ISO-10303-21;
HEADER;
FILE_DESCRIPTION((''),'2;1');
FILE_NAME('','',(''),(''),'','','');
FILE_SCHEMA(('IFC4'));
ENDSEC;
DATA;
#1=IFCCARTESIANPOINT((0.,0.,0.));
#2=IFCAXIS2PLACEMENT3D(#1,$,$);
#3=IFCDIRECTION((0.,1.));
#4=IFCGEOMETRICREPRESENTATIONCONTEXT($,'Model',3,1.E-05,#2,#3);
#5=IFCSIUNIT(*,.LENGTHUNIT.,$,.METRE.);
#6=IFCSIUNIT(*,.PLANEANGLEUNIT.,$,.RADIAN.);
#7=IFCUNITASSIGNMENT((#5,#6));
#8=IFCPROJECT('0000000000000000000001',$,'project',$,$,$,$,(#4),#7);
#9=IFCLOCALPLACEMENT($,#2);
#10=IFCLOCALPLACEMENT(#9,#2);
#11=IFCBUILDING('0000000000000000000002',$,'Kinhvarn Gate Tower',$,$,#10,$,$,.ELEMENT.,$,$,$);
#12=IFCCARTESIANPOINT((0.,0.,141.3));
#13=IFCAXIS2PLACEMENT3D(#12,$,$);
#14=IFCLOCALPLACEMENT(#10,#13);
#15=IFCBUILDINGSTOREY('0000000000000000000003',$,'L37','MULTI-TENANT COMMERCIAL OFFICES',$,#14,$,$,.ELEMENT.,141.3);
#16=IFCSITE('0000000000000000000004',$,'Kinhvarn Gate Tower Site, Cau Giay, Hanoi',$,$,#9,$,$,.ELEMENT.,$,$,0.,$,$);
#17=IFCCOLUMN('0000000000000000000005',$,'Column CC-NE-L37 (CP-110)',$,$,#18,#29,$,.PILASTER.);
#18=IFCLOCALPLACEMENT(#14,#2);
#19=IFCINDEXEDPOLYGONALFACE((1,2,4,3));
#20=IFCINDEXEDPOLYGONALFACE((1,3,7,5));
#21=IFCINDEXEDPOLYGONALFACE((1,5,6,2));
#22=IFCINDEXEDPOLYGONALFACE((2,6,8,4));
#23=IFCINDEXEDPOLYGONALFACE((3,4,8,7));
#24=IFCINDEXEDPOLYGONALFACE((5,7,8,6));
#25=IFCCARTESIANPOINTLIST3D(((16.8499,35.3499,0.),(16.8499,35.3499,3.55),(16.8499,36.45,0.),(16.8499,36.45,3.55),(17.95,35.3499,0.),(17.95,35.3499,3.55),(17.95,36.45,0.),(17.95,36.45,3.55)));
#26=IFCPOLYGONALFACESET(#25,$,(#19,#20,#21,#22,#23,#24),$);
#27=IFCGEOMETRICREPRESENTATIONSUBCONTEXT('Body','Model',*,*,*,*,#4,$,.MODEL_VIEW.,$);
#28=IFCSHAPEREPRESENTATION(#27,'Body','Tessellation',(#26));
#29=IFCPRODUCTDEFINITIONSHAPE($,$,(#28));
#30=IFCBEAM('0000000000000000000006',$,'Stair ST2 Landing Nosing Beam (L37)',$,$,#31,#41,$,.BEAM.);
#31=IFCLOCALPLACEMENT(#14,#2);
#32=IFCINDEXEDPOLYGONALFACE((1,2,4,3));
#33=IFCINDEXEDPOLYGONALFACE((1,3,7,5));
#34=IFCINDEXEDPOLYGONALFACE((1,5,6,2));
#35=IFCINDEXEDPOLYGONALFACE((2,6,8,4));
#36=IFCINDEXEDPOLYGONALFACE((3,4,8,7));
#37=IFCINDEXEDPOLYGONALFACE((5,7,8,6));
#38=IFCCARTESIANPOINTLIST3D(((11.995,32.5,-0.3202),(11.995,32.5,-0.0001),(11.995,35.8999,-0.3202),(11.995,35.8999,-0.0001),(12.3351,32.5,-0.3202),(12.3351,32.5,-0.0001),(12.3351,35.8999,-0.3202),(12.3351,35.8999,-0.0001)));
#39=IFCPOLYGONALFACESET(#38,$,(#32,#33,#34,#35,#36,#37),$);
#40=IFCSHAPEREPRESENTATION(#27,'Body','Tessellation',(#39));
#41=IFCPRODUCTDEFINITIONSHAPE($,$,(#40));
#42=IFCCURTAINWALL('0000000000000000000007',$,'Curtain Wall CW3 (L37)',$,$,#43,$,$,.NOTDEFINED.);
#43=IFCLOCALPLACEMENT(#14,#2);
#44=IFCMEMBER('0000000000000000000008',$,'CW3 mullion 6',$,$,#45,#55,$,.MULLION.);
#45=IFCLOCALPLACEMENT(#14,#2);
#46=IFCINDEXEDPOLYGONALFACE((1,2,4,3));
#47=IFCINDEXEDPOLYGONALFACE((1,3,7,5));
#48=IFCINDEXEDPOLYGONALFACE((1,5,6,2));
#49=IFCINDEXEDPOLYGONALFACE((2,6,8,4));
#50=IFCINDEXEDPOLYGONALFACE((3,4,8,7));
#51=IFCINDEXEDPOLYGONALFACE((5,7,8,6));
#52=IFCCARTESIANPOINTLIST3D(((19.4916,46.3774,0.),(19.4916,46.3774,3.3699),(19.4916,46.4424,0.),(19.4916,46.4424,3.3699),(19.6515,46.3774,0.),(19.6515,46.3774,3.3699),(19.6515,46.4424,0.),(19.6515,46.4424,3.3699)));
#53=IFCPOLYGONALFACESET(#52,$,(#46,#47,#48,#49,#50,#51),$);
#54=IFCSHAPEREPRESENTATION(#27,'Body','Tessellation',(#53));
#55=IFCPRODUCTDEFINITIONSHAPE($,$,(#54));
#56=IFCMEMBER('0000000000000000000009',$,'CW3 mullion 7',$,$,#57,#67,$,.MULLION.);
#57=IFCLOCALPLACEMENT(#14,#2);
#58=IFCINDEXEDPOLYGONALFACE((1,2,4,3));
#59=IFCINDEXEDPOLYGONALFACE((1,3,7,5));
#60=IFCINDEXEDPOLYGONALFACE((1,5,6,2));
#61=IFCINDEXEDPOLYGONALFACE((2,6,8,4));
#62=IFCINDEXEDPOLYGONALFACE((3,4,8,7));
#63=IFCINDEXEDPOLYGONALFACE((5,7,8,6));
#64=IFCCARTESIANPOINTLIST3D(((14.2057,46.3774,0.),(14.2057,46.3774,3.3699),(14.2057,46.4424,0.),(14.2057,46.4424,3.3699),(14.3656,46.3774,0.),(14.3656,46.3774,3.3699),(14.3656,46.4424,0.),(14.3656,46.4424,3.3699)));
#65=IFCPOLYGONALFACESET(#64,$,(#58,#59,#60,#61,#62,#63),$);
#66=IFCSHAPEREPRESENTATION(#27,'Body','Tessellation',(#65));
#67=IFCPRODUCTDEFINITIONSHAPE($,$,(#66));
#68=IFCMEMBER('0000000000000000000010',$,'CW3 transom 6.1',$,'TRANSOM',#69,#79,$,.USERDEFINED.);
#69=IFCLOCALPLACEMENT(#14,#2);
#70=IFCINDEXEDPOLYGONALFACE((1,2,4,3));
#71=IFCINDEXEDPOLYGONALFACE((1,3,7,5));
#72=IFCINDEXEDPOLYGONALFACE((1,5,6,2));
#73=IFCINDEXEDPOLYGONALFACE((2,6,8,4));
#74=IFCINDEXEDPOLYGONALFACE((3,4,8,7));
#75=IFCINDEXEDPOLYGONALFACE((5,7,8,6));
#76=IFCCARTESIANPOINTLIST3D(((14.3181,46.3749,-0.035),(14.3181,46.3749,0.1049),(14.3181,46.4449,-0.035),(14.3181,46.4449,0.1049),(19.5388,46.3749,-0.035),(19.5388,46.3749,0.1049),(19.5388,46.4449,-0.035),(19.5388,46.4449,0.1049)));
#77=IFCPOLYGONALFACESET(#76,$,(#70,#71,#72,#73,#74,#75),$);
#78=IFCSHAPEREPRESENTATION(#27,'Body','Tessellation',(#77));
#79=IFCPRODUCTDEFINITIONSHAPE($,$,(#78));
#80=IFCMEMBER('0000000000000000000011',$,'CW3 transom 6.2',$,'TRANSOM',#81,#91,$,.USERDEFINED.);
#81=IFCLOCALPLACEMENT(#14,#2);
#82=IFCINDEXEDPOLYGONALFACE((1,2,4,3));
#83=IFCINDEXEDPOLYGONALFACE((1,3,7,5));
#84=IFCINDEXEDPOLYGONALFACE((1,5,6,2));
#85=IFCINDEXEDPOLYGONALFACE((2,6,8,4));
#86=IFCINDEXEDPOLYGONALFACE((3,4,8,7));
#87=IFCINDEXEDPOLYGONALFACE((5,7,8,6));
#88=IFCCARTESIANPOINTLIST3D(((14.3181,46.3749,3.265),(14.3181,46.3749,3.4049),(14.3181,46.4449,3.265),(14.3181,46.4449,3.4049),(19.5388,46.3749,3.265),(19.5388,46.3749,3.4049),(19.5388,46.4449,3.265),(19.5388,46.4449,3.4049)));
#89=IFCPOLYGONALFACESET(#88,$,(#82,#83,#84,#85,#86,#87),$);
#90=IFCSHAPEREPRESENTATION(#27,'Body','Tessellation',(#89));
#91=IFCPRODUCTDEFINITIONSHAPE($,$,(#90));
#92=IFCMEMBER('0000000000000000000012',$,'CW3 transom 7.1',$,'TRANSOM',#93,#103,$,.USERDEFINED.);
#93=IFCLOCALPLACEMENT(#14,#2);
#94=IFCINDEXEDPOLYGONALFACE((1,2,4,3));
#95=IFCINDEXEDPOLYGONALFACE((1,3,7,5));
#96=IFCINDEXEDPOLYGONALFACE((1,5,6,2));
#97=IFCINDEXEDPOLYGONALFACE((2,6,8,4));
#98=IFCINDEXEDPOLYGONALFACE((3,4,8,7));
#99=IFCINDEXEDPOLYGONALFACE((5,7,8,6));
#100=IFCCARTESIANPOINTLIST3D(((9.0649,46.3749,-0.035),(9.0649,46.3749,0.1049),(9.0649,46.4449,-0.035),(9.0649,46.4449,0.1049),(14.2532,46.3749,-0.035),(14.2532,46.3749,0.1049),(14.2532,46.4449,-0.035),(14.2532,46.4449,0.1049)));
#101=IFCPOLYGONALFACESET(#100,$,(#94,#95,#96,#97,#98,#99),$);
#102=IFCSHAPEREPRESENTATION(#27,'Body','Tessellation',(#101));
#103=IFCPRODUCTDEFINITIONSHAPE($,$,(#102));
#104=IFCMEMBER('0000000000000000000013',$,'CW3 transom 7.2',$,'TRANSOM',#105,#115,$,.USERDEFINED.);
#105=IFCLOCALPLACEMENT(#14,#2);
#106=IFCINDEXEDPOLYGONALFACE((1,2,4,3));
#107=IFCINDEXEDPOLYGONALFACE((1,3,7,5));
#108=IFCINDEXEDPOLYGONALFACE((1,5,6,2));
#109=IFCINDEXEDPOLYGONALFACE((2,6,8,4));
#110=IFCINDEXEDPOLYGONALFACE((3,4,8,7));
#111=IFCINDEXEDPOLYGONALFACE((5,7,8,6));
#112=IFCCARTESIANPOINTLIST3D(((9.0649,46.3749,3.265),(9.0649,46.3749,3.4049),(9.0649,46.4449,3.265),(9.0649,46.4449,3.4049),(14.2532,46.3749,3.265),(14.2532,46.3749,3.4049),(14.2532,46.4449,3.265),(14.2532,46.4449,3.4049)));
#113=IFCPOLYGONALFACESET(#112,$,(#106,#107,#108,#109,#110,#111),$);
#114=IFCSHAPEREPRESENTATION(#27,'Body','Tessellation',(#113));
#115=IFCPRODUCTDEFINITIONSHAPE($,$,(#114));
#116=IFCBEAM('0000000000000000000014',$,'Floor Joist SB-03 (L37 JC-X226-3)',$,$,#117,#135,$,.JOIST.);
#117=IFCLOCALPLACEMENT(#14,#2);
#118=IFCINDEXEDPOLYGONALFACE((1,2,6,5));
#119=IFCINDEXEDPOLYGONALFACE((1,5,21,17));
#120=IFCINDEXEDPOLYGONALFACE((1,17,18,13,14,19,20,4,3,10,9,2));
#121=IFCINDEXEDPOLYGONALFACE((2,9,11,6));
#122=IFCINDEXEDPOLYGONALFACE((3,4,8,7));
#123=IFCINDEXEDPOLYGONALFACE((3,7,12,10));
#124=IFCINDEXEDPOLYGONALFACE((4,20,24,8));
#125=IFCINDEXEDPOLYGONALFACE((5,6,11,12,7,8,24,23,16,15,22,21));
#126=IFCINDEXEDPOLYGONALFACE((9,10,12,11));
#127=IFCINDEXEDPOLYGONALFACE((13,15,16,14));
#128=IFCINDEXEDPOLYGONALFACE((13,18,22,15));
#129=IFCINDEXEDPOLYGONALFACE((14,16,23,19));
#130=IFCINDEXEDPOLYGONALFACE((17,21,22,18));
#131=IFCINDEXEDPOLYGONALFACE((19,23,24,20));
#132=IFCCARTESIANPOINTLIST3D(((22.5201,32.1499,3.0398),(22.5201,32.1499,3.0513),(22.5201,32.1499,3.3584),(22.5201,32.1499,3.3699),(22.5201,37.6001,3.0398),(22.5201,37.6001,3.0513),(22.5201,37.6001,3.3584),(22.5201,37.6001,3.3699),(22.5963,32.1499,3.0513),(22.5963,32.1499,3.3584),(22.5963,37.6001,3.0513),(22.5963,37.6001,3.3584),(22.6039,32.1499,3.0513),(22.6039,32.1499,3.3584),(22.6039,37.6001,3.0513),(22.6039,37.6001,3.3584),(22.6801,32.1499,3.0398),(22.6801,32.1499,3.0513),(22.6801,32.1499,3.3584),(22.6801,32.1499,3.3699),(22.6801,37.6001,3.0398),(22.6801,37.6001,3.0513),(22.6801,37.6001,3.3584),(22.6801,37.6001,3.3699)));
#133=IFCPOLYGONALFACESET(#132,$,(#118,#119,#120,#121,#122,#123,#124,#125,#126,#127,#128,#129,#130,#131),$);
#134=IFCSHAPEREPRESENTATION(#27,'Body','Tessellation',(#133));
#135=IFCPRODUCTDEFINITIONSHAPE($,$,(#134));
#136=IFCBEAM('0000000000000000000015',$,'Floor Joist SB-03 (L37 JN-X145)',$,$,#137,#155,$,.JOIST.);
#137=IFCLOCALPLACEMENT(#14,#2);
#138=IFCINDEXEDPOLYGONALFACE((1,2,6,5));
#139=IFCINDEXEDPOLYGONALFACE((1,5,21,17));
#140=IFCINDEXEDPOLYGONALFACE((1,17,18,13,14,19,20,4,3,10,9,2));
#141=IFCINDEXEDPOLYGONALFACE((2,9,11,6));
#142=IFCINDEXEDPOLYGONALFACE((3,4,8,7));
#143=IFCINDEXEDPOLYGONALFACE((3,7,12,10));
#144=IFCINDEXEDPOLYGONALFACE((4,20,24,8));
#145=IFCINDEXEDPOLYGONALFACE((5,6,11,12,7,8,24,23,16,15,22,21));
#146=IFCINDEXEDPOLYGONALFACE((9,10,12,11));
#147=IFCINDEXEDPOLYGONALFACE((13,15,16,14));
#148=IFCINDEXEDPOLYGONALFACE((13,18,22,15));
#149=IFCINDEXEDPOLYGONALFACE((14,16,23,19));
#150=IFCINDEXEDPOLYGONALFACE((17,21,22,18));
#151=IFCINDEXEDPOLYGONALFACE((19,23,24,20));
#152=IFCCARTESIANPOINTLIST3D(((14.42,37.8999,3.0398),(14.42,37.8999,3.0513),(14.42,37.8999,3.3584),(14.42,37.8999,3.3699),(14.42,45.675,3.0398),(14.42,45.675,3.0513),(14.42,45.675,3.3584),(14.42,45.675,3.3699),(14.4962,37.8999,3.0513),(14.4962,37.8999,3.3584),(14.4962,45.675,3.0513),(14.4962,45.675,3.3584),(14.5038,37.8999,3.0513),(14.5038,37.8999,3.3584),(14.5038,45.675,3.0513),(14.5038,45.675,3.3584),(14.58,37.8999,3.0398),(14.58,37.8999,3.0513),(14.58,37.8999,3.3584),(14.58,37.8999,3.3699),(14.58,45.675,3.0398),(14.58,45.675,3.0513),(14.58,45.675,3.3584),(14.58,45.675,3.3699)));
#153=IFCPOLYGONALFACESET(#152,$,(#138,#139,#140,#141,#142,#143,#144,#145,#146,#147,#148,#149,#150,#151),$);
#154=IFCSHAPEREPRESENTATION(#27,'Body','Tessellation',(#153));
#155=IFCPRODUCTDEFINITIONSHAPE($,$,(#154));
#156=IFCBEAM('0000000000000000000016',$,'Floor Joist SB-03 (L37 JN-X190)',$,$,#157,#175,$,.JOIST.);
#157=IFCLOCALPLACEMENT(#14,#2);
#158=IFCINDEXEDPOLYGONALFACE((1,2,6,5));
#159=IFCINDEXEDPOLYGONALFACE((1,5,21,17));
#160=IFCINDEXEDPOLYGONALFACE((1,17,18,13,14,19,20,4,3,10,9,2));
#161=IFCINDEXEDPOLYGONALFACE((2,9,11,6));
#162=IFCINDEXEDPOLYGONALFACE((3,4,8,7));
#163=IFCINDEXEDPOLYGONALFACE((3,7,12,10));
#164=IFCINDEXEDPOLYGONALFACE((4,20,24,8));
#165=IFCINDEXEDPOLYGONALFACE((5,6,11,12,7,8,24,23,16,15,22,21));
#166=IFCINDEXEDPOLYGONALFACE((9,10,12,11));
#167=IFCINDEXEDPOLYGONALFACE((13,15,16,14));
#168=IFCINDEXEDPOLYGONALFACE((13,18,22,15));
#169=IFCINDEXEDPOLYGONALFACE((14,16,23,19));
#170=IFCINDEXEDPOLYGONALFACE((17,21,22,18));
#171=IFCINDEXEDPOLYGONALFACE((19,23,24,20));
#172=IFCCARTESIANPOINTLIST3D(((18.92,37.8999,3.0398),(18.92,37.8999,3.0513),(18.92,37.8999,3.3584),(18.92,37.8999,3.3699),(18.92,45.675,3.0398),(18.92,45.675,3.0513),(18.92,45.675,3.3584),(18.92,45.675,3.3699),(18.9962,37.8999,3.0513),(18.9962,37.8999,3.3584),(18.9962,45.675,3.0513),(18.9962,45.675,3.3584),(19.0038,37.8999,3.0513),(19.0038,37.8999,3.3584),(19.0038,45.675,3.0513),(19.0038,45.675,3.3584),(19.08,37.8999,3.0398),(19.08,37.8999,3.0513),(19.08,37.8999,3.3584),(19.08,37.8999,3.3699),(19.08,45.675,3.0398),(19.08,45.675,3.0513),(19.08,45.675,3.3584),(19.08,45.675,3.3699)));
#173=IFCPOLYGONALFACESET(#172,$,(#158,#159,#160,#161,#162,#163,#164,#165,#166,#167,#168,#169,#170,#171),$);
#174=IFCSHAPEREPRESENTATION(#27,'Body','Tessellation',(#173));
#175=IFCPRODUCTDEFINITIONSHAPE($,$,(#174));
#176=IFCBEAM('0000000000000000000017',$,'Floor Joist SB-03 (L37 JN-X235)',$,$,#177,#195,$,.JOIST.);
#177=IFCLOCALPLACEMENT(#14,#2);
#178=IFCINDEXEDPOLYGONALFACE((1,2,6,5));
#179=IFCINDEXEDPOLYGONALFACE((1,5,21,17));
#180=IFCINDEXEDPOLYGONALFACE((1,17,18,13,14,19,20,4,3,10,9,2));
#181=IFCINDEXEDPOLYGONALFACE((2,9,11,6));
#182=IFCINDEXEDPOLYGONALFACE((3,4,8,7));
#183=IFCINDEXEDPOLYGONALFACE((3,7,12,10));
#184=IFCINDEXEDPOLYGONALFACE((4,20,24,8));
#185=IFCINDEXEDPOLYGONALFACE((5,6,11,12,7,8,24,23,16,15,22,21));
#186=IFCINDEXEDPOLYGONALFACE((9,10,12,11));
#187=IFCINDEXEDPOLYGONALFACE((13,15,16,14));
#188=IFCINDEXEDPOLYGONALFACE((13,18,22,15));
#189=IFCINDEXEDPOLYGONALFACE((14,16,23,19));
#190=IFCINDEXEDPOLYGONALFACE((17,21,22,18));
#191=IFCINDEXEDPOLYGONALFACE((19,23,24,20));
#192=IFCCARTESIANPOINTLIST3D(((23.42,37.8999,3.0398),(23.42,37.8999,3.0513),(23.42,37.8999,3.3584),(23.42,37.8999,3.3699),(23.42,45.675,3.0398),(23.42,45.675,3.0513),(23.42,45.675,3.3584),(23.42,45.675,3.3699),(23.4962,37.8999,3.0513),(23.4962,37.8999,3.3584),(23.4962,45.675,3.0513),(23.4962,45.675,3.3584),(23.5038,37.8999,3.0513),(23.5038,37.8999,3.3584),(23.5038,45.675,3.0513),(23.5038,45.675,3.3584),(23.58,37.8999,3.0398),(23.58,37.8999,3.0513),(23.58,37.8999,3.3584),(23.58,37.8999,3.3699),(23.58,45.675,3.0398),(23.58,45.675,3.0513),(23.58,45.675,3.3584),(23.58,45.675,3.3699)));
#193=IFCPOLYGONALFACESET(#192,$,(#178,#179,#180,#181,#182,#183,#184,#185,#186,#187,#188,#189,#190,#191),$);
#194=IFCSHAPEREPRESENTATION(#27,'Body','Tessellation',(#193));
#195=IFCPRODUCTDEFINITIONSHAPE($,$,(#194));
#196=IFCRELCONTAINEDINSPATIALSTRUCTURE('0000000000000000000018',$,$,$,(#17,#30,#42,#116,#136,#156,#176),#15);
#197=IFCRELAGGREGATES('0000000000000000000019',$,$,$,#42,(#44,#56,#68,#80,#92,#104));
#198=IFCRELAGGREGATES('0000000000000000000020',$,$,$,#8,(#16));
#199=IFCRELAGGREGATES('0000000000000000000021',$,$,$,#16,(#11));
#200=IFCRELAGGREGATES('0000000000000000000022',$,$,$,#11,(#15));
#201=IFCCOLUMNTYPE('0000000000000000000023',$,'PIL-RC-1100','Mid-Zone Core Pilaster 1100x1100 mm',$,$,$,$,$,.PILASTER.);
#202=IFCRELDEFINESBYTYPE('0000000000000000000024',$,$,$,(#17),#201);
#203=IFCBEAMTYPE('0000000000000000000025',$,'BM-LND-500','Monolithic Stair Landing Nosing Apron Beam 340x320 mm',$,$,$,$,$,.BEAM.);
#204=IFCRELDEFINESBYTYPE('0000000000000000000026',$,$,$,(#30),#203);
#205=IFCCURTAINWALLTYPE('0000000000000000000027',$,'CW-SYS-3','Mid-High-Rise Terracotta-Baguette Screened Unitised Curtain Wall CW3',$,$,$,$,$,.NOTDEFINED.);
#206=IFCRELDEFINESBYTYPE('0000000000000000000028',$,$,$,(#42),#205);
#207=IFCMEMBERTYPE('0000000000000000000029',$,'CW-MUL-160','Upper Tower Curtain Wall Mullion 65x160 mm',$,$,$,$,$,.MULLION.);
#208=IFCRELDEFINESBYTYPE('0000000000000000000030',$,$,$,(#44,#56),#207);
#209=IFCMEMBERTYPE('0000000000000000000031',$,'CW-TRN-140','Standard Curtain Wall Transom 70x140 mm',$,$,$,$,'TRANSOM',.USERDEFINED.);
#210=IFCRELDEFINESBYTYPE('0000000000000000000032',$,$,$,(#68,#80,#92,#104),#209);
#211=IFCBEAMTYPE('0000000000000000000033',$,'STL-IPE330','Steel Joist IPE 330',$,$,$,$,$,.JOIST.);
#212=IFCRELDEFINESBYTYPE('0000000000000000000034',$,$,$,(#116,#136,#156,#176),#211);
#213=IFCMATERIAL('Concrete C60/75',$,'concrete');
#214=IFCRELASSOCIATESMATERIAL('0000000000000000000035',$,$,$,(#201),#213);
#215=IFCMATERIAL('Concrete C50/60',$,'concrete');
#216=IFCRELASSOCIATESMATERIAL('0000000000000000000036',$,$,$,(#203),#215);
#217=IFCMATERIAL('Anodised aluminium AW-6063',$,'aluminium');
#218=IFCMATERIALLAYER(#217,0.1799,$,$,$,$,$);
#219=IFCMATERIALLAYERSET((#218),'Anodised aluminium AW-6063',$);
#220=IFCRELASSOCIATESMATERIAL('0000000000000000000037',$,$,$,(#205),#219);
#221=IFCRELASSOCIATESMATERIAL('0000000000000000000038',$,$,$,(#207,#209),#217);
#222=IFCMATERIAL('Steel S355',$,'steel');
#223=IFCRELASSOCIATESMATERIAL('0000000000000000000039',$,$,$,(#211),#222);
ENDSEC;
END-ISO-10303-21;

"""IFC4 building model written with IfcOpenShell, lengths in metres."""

from ifc_helpers import new_model, si_unit, direction, frame, origin, origin_2d, place, context, subcontext, project, spatial, rectangle, i_section, extrude, material, layer, layer_set, material_profile, profile_set, type_object, element, aggregate, save


model = new_model("IFC4")

# Units and contexts
model_context = context("Model", 3, precision=1e-05, world=origin(), true_north=direction((0.0, 1.0)))
body_context = subcontext(model_context, "Body", "Model", "MODEL_VIEW")
ifc_project = project(units=[si_unit("LENGTHUNIT", "METRE"), si_unit("PLANEANGLEUNIT", "RADIAN")], contexts=[model_context])

# Site, building, storey
site_placement = place(None, origin())
site = spatial("IfcSite", under=ifc_project, at=site_placement, Name="Kinhvarn Gate Tower Site, Cau Giay, Hanoi", CompositionType="ELEMENT", RefElevation=0.0)
building_placement = place(site_placement, origin())
building = spatial("IfcBuilding", under=site, at=building_placement, Name="Kinhvarn Gate Tower", CompositionType="ELEMENT")
storey_placement = place(building_placement, frame((0.0, 0.0, 141.3)))
storey = spatial("IfcBuildingStorey", under=building, at=storey_placement, Name="L37", Description="MULTI-TENANT COMMERCIAL OFFICES", CompositionType="ELEMENT", Elevation=141.3)

# Column
ifc_material_1 = material(Name="Concrete C60/75", Category="concrete")
ifc_material_profile_1 = material_profile(ifc_material_1, rectangle(XDim=1.1001, YDim=1.1001, at=origin_2d()), Name="RC 1100x1100")
ifc_profile_set_1 = profile_set([ifc_material_profile_1], Name="Concrete C60/75")
column_type = type_object("IfcColumnType", Name="PIL-RC-1100", Description="Mid-Zone Core Pilaster 1100x1100 mm", PredefinedType="PILASTER", material=ifc_profile_set_1)
column_placement = place(storey_placement, frame((17.3999, 35.8999, 0.0), z_axis=(0.0, 0.0, 1.0), x_axis=(1.0, 0.0, 0.0)))
element("IfcColumn", 1, at=column_placement, inside=storey, type_object=column_type, Name="Column CC-NE-L37 (CP-110)", PredefinedType="PILASTER", context=body_context, shape_type="SweptSolid", body=[
    extrude(rectangle(XDim=1.1001, YDim=1.1001, at=origin_2d()), origin(), (0.0, 0.0, 1.0), 3.55),
])

# Beam
ifc_material_2 = material(Name="Concrete C50/60", Category="concrete")
ifc_material_profile_2 = material_profile(ifc_material_2, rectangle(XDim=0.3401, YDim=0.3201, at=origin_2d()), Name="RC 340x320")
ifc_profile_set_2 = profile_set([ifc_material_profile_2], Name="Concrete C50/60")
beam_type_1 = type_object("IfcBeamType", Name="BM-LND-500", Description="Monolithic Stair Landing Nosing Apron Beam 340x320 mm", PredefinedType="BEAM", material=ifc_profile_set_2)
beam_1_placement = place(storey_placement, frame((12.165, 32.5, -0.1602), z_axis=(0.0, 1.0, 0.0), x_axis=(-1.0, 0.0, 0.0)))
element("IfcBeam", 2, at=beam_1_placement, inside=storey, type_object=beam_type_1, Name="Stair ST2 Landing Nosing Beam (L37)", PredefinedType="BEAM", context=body_context, shape_type="SweptSolid", body=[
    extrude(rectangle(XDim=0.3401, YDim=0.3201, at=origin_2d()), origin(), (0.0, 0.0, 1.0), 3.3999),
])

# Curtain wall, members
ifc_material_3 = material(Name="Anodised aluminium AW-6063", Category="aluminium")
ifc_layer_1 = layer(ifc_material_3, 0.1799)
ifc_layer_set_1 = layer_set([ifc_layer_1], Name="Anodised aluminium AW-6063")
curtain_wall_type = type_object("IfcCurtainWallType", Name="CW-SYS-3", Description="Mid-High-Rise Terracotta-Baguette Screened Unitised Curtain Wall CW3", PredefinedType="NOTDEFINED", material=ifc_layer_set_1)
curtain_wall_placement = place(storey_placement, origin())
curtain_wall = element("IfcCurtainWall", 3, at=curtain_wall_placement, inside=storey, type_object=curtain_wall_type, Name="Curtain Wall CW3 (L37)", PredefinedType="NOTDEFINED")
ifc_material_profile_3 = material_profile(ifc_material_3, rectangle(XDim=0.0649, YDim=0.1599, at=origin_2d()), Name="ALU 65x160")
ifc_profile_set_3 = profile_set([ifc_material_profile_3], Name="Anodised aluminium AW-6063")
member_type_1 = type_object("IfcMemberType", Name="CW-MUL-160", Description="Upper Tower Curtain Wall Mullion 65x160 mm", PredefinedType="MULLION", material=ifc_profile_set_3)
member_1_placement = place(storey_placement, frame((19.5715, 46.4099, 0.0), z_axis=(0.0, 0.0, 1.0), x_axis=(0.0, -1.0, 0.0)))
member_1 = element("IfcMember", 4, at=member_1_placement, type_object=member_type_1, Name="CW3 mullion 6", PredefinedType="MULLION", context=body_context, shape_type="SweptSolid", body=[
    extrude(rectangle(XDim=0.0649, YDim=0.1599, at=origin_2d()), origin(), (0.0, 0.0, 1.0), 3.3699),
])
member_2_placement = place(storey_placement, frame((14.2856, 46.4099, 0.0), z_axis=(0.0, 0.0, 1.0), x_axis=(0.0, -1.0, 0.0)))
member_2 = element("IfcMember", 5, at=member_2_placement, type_object=member_type_1, Name="CW3 mullion 7", PredefinedType="MULLION", context=body_context, shape_type="SweptSolid", body=[
    extrude(rectangle(XDim=0.0649, YDim=0.1599, at=origin_2d()), origin(), (0.0, 0.0, 1.0), 3.3699),
])
ifc_material_profile_4 = material_profile(ifc_material_3, rectangle(XDim=0.0701, YDim=0.1399, at=origin_2d()), Name="ALU 70x140")
ifc_profile_set_4 = profile_set([ifc_material_profile_4], Name="Anodised aluminium AW-6063")
member_type_2 = type_object("IfcMemberType", Name="CW-TRN-140", Description="Standard Curtain Wall Transom 70x140 mm", ElementType="TRANSOM", PredefinedType="USERDEFINED", material=ifc_profile_set_4)
member_3_placement = place(storey_placement, frame((19.5388, 46.4099, 0.0349), z_axis=(-1.0, 0.0, 0.0), x_axis=(0.0, -1.0, 0.0)))
member_3 = element("IfcMember", 6, at=member_3_placement, type_object=member_type_2, Name="CW3 transom 6.1", ObjectType="TRANSOM", PredefinedType="USERDEFINED", context=body_context, shape_type="SweptSolid", body=[
    extrude(rectangle(XDim=0.0701, YDim=0.1399, at=origin_2d()), origin(), (0.0, 0.0, 1.0), 5.2207),
])
member_4_placement = place(storey_placement, frame((19.5388, 46.4099, 3.335), z_axis=(-1.0, 0.0, 0.0), x_axis=(0.0, -1.0, 0.0)))
member_4 = element("IfcMember", 7, at=member_4_placement, type_object=member_type_2, Name="CW3 transom 6.2", ObjectType="TRANSOM", PredefinedType="USERDEFINED", context=body_context, shape_type="SweptSolid", body=[
    extrude(rectangle(XDim=0.0701, YDim=0.1399, at=origin_2d()), origin(), (0.0, 0.0, 1.0), 5.2207),
])
member_5_placement = place(storey_placement, frame((14.2532, 46.4099, 0.0349), z_axis=(-1.0, 0.0, 0.0), x_axis=(0.0, -1.0, 0.0)))
member_5 = element("IfcMember", 8, at=member_5_placement, type_object=member_type_2, Name="CW3 transom 7.1", ObjectType="TRANSOM", PredefinedType="USERDEFINED", context=body_context, shape_type="SweptSolid", body=[
    extrude(rectangle(XDim=0.0701, YDim=0.1399, at=origin_2d()), origin(), (0.0, 0.0, 1.0), 5.1882),
])
member_6_placement = place(storey_placement, frame((14.2532, 46.4099, 3.335), z_axis=(-1.0, 0.0, 0.0), x_axis=(0.0, -1.0, 0.0)))
member_6 = element("IfcMember", 9, at=member_6_placement, type_object=member_type_2, Name="CW3 transom 7.2", ObjectType="TRANSOM", PredefinedType="USERDEFINED", context=body_context, shape_type="SweptSolid", body=[
    extrude(rectangle(XDim=0.0701, YDim=0.1399, at=origin_2d()), origin(), (0.0, 0.0, 1.0), 5.1882),
])

# Beams
ifc_material_4 = material(Name="Steel S355", Category="steel")
ifc_material_profile_5 = material_profile(ifc_material_4, i_section(OverallWidth=0.1599, OverallDepth=0.3301, WebThickness=0.0076, FlangeThickness=0.0115, at=origin_2d()), Name="IPE 330")
ifc_profile_set_5 = profile_set([ifc_material_profile_5], Name="Steel S355")
beam_type_2 = type_object("IfcBeamType", Name="STL-IPE330", Description="Steel Joist IPE 330", PredefinedType="JOIST", material=ifc_profile_set_5)
beam_2_placement = place(storey_placement, frame((22.6001, 32.1499, 3.2048), z_axis=(0.0, 1.0, 0.0), x_axis=(-1.0, 0.0, 0.0)))
element("IfcBeam", 10, at=beam_2_placement, inside=storey, type_object=beam_type_2, Name="Floor Joist SB-03 (L37 JC-X226-3)", PredefinedType="JOIST", context=body_context, shape_type="SweptSolid", body=[
    extrude(i_section(OverallWidth=0.1599, OverallDepth=0.3301, WebThickness=0.0076, FlangeThickness=0.0115, at=origin_2d()), origin(), (0.0, 0.0, 1.0), 5.4502),
])
for number, where, z_axis, x_axis, name in (
    (11, (14.5, 37.8999, 3.2048), (0.0, 1.0, 0.0), (-1.0, 0.0, 0.0), "Floor Joist SB-03 (L37 JN-X145)"),
    (12, (19.0, 37.8999, 3.2048), (0.0, 1.0, 0.0), (-1.0, 0.0, 0.0), "Floor Joist SB-03 (L37 JN-X190)"),
    (13, (23.5, 37.8999, 3.2048), (0.0, 1.0, 0.0), (-1.0, 0.0, 0.0), "Floor Joist SB-03 (L37 JN-X235)"),
):
    element("IfcBeam", number, at=place(storey_placement, frame(where, z_axis=z_axis, x_axis=x_axis)), inside=storey, type_object=beam_type_2, Name=name, PredefinedType="JOIST", context=body_context, shape_type="SweptSolid", body=[
        extrude(i_section(OverallWidth=0.1599, OverallDepth=0.3301, WebThickness=0.0076, FlangeThickness=0.0115, at=origin_2d()), origin(), (0.0, 0.0, 1.0), 7.7751),
    ])

aggregate(curtain_wall, [member_1, member_2, member_3, member_4, member_5, member_6])

save(model, "model.ifc")
